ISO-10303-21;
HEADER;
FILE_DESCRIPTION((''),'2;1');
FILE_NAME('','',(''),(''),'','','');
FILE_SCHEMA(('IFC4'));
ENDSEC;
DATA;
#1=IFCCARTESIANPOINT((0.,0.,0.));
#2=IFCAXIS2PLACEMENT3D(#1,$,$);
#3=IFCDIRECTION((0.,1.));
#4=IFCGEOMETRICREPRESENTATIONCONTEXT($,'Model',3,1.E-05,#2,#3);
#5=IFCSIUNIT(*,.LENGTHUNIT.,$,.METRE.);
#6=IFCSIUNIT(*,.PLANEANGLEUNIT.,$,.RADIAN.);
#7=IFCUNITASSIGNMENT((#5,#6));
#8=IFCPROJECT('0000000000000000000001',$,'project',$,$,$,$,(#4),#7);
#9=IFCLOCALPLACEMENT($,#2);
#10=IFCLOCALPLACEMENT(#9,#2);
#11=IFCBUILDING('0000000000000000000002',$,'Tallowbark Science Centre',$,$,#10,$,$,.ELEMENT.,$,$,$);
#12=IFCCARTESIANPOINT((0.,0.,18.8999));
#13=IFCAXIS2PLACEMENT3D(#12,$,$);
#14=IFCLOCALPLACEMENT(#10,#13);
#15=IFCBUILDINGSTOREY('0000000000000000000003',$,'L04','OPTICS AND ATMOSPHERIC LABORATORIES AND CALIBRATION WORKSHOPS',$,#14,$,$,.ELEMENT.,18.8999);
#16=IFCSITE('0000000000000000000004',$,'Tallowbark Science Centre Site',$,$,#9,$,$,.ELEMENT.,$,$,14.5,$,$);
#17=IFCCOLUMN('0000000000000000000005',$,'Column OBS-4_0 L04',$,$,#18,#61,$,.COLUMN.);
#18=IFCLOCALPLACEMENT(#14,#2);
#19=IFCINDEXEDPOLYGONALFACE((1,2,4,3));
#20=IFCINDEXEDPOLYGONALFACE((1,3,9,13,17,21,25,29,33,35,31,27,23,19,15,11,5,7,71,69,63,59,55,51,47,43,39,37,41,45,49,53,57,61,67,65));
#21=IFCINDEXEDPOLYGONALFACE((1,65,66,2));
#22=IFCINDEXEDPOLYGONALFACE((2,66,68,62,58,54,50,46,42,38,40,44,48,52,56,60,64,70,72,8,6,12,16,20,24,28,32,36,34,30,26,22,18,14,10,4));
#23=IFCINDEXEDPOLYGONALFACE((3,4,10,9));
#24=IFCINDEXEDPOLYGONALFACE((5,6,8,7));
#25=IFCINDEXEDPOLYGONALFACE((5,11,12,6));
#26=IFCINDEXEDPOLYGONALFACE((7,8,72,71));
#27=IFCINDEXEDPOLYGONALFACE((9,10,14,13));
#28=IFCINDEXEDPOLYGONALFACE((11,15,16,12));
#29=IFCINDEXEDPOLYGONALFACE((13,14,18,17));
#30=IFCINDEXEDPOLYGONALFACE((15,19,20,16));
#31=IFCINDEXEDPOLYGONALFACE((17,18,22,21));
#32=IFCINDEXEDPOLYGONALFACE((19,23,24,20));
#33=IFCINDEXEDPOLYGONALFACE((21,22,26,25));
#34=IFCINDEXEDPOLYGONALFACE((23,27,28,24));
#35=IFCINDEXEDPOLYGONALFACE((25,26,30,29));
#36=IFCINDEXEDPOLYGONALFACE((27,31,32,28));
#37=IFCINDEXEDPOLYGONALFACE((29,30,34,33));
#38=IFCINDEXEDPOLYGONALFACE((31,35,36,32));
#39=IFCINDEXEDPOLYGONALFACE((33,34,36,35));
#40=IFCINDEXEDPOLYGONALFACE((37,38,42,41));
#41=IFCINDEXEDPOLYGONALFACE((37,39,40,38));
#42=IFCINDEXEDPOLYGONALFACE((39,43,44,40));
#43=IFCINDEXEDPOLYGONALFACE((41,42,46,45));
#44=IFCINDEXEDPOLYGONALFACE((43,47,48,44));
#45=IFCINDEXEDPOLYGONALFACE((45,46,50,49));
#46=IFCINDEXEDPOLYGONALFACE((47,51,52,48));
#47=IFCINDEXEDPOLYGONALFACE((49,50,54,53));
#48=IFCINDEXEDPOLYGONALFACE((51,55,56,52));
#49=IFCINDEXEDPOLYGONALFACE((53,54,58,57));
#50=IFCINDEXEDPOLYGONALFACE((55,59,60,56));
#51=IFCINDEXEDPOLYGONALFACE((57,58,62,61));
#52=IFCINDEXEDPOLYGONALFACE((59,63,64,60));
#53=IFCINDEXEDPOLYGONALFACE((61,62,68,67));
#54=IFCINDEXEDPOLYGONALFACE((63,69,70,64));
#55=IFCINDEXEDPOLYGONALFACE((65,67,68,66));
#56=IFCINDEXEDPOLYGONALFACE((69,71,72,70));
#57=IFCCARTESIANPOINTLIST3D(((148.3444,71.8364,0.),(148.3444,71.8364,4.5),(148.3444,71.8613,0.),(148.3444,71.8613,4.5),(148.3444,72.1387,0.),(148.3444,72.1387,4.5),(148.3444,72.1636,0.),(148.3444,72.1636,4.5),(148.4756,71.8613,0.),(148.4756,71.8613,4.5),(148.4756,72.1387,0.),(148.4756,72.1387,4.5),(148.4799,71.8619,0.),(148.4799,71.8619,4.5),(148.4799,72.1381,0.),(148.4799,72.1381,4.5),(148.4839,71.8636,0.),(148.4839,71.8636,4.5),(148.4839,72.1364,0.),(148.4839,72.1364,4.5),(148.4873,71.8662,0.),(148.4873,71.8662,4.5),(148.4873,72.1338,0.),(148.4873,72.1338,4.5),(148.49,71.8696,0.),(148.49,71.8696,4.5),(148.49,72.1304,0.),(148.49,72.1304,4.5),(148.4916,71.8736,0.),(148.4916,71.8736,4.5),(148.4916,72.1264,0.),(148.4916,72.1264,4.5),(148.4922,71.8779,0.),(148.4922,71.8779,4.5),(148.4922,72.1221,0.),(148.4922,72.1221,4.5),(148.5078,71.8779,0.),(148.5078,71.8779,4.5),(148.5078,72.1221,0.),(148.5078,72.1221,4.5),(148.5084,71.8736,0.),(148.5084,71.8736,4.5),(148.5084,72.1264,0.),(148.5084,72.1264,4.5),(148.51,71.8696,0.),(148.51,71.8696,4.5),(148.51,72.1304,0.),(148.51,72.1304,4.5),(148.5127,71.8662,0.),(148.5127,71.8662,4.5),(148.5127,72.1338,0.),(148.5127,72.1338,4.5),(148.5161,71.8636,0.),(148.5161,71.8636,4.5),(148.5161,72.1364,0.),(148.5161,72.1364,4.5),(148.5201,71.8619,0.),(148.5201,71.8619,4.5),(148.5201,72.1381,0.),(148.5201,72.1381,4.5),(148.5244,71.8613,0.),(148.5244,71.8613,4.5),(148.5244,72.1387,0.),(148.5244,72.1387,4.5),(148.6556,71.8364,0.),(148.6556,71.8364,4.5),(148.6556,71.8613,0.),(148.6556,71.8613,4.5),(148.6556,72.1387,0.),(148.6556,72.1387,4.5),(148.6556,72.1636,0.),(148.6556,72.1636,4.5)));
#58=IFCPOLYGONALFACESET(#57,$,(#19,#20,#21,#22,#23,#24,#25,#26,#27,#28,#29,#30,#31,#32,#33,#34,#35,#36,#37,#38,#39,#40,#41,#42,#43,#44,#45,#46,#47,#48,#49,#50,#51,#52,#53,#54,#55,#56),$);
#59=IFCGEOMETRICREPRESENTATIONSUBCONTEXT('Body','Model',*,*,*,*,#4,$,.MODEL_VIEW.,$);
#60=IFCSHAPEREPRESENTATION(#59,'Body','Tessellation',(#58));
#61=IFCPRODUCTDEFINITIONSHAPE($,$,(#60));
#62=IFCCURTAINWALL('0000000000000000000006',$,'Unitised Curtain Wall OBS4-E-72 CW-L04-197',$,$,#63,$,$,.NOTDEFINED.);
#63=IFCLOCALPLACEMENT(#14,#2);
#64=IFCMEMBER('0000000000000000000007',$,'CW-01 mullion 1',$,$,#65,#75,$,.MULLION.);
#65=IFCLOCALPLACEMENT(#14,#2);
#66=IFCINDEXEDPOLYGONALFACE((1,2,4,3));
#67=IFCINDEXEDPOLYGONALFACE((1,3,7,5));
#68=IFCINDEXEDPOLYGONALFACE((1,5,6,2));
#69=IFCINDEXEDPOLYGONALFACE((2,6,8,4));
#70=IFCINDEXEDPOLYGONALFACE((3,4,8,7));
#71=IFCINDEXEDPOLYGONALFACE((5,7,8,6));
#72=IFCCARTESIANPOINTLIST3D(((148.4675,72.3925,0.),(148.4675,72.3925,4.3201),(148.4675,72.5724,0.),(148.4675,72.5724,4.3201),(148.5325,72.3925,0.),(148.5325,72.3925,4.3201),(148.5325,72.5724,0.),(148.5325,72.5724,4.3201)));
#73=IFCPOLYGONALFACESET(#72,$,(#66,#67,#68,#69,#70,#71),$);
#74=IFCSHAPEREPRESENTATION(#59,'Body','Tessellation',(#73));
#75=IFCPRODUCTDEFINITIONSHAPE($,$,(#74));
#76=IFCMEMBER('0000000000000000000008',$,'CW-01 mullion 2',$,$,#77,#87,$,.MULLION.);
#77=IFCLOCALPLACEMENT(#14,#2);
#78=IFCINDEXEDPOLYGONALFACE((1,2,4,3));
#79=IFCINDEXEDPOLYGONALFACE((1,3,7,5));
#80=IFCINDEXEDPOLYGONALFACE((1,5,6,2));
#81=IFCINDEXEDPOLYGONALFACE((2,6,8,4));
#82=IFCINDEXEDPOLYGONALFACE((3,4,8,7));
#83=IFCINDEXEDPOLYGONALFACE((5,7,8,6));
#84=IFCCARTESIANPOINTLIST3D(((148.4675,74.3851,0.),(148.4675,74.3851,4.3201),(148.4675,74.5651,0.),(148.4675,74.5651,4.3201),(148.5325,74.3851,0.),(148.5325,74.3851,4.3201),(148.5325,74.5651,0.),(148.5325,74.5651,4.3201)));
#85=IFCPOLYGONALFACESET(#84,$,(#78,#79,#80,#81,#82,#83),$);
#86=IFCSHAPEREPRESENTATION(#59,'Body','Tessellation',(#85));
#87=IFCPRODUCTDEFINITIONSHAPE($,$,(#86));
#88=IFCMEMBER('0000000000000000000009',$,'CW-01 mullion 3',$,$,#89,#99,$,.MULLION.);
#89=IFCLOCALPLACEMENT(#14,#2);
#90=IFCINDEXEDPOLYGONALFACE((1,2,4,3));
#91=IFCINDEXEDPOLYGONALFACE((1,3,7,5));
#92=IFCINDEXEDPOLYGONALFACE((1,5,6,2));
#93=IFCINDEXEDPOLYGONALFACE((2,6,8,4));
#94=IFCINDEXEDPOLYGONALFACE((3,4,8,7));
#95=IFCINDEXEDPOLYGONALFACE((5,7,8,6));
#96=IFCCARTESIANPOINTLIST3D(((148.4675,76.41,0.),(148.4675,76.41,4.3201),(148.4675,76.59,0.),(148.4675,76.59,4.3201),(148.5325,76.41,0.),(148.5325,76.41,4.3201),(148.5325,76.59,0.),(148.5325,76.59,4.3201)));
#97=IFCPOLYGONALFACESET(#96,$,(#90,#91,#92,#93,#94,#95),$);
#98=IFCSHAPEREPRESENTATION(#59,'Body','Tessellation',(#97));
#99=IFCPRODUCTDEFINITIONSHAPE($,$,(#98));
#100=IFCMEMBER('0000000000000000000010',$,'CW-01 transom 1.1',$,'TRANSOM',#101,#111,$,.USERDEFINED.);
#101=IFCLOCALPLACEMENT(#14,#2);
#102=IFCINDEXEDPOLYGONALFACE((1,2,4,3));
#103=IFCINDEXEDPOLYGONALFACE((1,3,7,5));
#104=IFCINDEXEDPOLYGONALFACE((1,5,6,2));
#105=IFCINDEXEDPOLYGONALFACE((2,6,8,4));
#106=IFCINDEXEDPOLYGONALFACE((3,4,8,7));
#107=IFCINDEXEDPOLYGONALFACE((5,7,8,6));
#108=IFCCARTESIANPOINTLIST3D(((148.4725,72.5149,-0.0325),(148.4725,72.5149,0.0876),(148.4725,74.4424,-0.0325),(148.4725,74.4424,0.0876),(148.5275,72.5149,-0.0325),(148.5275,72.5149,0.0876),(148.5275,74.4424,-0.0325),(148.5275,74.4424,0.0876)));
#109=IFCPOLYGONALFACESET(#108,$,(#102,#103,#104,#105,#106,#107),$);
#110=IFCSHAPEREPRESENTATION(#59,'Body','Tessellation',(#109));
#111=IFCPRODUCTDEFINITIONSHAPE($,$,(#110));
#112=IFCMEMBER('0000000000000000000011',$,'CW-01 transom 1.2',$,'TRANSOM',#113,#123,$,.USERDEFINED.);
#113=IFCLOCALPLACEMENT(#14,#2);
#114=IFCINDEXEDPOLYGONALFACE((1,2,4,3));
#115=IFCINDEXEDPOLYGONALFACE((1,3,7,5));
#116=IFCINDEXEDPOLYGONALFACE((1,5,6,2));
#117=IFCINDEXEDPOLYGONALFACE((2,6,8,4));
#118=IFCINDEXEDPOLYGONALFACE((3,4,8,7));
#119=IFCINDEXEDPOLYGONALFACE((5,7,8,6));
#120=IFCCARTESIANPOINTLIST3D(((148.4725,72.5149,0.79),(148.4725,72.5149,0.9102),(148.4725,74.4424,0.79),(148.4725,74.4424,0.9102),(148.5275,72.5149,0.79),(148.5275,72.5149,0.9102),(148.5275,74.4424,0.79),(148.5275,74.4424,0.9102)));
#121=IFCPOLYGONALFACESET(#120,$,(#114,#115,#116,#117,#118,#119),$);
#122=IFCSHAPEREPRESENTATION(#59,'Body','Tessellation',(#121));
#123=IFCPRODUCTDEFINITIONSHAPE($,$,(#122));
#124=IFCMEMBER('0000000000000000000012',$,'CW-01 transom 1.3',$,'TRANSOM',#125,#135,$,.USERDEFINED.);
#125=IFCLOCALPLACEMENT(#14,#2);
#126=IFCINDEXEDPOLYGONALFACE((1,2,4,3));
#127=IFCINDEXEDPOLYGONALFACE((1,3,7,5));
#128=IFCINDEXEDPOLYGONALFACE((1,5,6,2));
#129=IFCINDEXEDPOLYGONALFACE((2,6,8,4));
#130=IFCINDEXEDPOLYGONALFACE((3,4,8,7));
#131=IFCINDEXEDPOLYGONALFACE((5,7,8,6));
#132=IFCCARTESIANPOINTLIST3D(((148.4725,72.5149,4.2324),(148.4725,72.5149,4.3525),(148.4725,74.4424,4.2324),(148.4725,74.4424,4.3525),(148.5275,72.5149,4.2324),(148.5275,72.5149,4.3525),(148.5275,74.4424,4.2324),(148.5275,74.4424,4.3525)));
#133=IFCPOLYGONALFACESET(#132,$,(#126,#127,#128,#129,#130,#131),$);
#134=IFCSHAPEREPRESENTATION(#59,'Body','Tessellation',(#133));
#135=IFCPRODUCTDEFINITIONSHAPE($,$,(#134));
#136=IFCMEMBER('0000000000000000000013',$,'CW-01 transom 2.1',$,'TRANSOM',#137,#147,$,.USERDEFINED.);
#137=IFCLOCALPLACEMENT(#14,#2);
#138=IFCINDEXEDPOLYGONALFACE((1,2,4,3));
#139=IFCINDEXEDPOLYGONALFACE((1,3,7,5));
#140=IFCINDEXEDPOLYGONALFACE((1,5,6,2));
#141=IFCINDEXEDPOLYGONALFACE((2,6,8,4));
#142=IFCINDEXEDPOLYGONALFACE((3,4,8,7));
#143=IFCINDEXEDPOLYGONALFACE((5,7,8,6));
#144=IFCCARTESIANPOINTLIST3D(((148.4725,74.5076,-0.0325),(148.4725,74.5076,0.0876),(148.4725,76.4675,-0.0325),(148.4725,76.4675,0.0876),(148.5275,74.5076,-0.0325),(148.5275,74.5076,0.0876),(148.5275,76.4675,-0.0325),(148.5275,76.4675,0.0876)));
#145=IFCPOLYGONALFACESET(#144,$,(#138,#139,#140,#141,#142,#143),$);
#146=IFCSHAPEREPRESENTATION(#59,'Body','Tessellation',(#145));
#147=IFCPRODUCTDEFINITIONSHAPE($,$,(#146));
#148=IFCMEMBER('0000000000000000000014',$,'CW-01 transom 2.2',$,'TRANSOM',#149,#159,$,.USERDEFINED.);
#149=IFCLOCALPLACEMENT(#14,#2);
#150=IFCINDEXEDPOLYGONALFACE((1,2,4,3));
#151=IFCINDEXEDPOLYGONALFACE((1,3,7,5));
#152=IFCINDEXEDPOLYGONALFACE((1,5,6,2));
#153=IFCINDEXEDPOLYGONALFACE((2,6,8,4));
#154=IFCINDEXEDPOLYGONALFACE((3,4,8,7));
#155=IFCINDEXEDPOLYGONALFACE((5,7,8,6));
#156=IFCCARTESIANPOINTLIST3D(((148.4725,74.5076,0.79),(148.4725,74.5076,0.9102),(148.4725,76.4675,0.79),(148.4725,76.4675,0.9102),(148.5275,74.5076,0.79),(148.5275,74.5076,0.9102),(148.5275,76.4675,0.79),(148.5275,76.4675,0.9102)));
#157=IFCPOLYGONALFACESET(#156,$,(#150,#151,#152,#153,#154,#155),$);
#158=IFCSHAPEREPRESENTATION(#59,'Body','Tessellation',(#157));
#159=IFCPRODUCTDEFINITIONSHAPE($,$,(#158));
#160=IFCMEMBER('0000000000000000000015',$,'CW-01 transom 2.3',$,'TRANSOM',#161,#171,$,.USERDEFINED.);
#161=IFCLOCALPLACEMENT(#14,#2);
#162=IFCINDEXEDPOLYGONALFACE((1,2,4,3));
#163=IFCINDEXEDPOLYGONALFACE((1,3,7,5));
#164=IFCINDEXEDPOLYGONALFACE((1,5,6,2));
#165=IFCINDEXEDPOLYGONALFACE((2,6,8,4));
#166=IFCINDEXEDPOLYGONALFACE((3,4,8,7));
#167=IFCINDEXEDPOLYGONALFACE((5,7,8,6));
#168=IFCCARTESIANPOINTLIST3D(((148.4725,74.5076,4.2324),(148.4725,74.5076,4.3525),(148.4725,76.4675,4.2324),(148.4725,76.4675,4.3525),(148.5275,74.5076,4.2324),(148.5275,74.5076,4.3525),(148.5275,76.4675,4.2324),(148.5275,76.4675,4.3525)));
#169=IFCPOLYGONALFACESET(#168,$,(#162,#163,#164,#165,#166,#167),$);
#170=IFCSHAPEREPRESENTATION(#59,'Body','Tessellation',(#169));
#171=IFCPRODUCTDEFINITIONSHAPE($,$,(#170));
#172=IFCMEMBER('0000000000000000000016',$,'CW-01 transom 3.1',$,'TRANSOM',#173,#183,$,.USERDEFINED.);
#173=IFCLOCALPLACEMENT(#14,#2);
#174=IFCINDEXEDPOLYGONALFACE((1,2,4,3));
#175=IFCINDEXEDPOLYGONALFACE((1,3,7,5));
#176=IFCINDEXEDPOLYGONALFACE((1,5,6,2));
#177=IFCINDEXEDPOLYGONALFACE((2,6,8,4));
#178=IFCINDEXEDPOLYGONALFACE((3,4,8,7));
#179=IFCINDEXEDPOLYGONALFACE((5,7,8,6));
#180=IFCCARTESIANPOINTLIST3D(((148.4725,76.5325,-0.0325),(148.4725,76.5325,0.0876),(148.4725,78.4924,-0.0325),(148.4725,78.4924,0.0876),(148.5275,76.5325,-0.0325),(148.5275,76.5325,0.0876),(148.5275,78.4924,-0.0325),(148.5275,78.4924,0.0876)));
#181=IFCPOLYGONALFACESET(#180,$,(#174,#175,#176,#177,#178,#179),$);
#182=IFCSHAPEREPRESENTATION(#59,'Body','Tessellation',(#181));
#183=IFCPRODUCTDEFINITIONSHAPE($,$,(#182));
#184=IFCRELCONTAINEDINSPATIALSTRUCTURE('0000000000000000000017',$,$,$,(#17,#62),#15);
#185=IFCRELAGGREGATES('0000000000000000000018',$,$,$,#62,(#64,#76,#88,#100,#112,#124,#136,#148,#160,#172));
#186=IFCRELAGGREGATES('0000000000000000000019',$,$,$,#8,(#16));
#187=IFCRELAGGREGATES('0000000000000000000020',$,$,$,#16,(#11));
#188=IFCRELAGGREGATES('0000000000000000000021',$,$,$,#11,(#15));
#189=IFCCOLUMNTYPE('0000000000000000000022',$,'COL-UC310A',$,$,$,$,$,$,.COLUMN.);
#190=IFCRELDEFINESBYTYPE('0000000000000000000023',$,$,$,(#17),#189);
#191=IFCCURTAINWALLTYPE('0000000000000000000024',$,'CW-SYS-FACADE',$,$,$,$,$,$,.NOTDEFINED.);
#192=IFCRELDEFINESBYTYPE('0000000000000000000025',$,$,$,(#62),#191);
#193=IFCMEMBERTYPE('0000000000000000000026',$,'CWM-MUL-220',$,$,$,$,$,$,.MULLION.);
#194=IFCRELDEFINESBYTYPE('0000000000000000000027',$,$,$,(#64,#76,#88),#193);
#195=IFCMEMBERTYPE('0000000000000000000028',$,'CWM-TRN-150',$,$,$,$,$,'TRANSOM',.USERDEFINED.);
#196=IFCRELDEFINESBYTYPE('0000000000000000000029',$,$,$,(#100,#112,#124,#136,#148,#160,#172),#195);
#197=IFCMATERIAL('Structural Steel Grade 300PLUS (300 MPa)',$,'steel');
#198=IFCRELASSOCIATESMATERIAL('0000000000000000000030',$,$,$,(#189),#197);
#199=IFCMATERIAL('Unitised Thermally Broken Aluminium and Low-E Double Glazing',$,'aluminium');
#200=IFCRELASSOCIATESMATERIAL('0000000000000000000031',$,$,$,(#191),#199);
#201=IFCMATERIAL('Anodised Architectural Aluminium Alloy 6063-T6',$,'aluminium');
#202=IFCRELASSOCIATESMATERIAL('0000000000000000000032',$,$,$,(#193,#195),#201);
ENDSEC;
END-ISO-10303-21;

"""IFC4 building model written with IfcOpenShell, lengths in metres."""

from ifc_helpers import new_model, si_unit, direction, frame, origin, origin_2d, place, context, subcontext, project, spatial, rectangle, i_section, extrude, material, material_profile, profile_set, type_object, element, aggregate, save


model = new_model("IFC4")

# Units and contexts
model_context = context("Model", 3, precision=1e-05, world=origin(), true_north=direction((0.0, 1.0)))
body_context = subcontext(model_context, "Body", "Model", "MODEL_VIEW")
ifc_project = project(units=[si_unit("LENGTHUNIT", "METRE"), si_unit("PLANEANGLEUNIT", "RADIAN")], contexts=[model_context])

# Site, building, storey
site_placement = place(None, origin())
site = spatial("IfcSite", under=ifc_project, at=site_placement, Name="Tallowbark Science Centre Site", CompositionType="ELEMENT", RefElevation=14.5)
building_placement = place(site_placement, origin())
building = spatial("IfcBuilding", under=site, at=building_placement, Name="Tallowbark Science Centre", CompositionType="ELEMENT")
storey_placement = place(building_placement, frame((0.0, 0.0, 18.8999)))
storey = spatial("IfcBuildingStorey", under=building, at=storey_placement, Name="L04", Description="OPTICS AND ATMOSPHERIC LABORATORIES AND CALIBRATION WORKSHOPS", CompositionType="ELEMENT", Elevation=18.8999)

# Column
ifc_material_1 = material(Name="Structural Steel Grade 300PLUS (300 MPa)", Category="steel")
ifc_material_profile_1 = material_profile(ifc_material_1, i_section(OverallWidth=0.3113, OverallDepth=0.3271, WebThickness=0.0156, FlangeThickness=0.0249, FilletRadius=0.0166, at=origin_2d()), Name="310UC158")
ifc_profile_set_1 = profile_set([ifc_material_profile_1], Name="Structural Steel Grade 300PLUS (300 MPa)")
column_type = type_object("IfcColumnType", Name="COL-UC310A", PredefinedType="COLUMN", material=ifc_profile_set_1)
column_placement = place(storey_placement, frame((148.5, 72.0, 0.0), z_axis=(0.0, 0.0, 1.0), x_axis=(1.0, 0.0, 0.0)))
element("IfcColumn", 1, at=column_placement, inside=storey, type_object=column_type, Name="Column OBS-4_0 L04", PredefinedType="COLUMN", context=body_context, shape_type="SweptSolid", body=[
    extrude(i_section(OverallWidth=0.3113, OverallDepth=0.3271, WebThickness=0.0156, FlangeThickness=0.0249, FilletRadius=0.0166, at=origin_2d()), origin(), (0.0, 0.0, 1.0), 4.5),
])

# Curtain wall, members
ifc_material_2 = material(Name="Unitised Thermally Broken Aluminium and Low-E Double Glazing", Category="aluminium")
curtain_wall_type = type_object("IfcCurtainWallType", Name="CW-SYS-FACADE", PredefinedType="NOTDEFINED", material=ifc_material_2)
curtain_wall_placement = place(storey_placement, origin())
curtain_wall = element("IfcCurtainWall", 2, at=curtain_wall_placement, inside=storey, type_object=curtain_wall_type, Name="Unitised Curtain Wall OBS4-E-72 CW-L04-197", PredefinedType="NOTDEFINED")
ifc_material_3 = material(Name="Anodised Architectural Aluminium Alloy 6063-T6", Category="aluminium")
ifc_material_profile_2 = material_profile(ifc_material_3, rectangle(XDim=0.0649, YDim=0.1799, at=origin_2d()), Name="ALU65x180")
ifc_profile_set_2 = profile_set([ifc_material_profile_2], Name="Anodised Architectural Aluminium Alloy 6063-T6")
member_type_1 = type_object("IfcMemberType", Name="CWM-MUL-220", PredefinedType="MULLION", material=ifc_profile_set_2)
member_1_placement = place(storey_placement, frame((148.5, 72.4824, 0.0), z_axis=(0.0, 0.0, 1.0), x_axis=(-1.0, 0.0, 0.0)))
member_1 = element("IfcMember", 3, at=member_1_placement, type_object=member_type_1, Name="CW-01 mullion 1", PredefinedType="MULLION", context=body_context, shape_type="SweptSolid", body=[
    extrude(rectangle(XDim=0.0649, YDim=0.1799, at=origin_2d()), origin(), (0.0, 0.0, 1.0), 4.3201),
])
member_2_placement = place(storey_placement, frame((148.5, 74.4751, 0.0), z_axis=(0.0, 0.0, 1.0), x_axis=(-1.0, 0.0, 0.0)))
member_2 = element("IfcMember", 4, at=member_2_placement, type_object=member_type_1, Name="CW-01 mullion 2", PredefinedType="MULLION", context=body_context, shape_type="SweptSolid", body=[
    extrude(rectangle(XDim=0.0649, YDim=0.1799, at=origin_2d()), origin(), (0.0, 0.0, 1.0), 4.3201),
])
member_3_placement = place(storey_placement, frame((148.5, 76.5, 0.0), z_axis=(0.0, 0.0, 1.0), x_axis=(-1.0, 0.0, 0.0)))
member_3 = element("IfcMember", 5, at=member_3_placement, type_object=member_type_1, Name="CW-01 mullion 3", PredefinedType="MULLION", context=body_context, shape_type="SweptSolid", body=[
    extrude(rectangle(XDim=0.0649, YDim=0.1799, at=origin_2d()), origin(), (0.0, 0.0, 1.0), 4.3201),
])
ifc_material_profile_3 = material_profile(ifc_material_3, rectangle(XDim=0.0549, YDim=0.1201, at=origin_2d()), Name="ALU55x120")
ifc_profile_set_3 = profile_set([ifc_material_profile_3], Name="Anodised Architectural Aluminium Alloy 6063-T6")
member_type_2 = type_object("IfcMemberType", Name="CWM-TRN-150", ElementType="TRANSOM", PredefinedType="USERDEFINED", material=ifc_profile_set_3)
member_4_placement = place(storey_placement, frame((148.5, 72.5149, 0.0276), z_axis=(0.0, 1.0, 0.0), x_axis=(-1.0, 0.0, 0.0)))
member_4 = element("IfcMember", 6, at=member_4_placement, type_object=member_type_2, Name="CW-01 transom 1.1", ObjectType="TRANSOM", PredefinedType="USERDEFINED", context=body_context, shape_type="SweptSolid", body=[
    extrude(rectangle(XDim=0.0549, YDim=0.1201, at=origin_2d()), origin(), (0.0, 0.0, 1.0), 1.9275),
])
member_5_placement = place(storey_placement, frame((148.5, 72.5149, 0.8501), z_axis=(0.0, 1.0, 0.0), x_axis=(-1.0, 0.0, 0.0)))
member_5 = element("IfcMember", 7, at=member_5_placement, type_object=member_type_2, Name="CW-01 transom 1.2", ObjectType="TRANSOM", PredefinedType="USERDEFINED", context=body_context, shape_type="SweptSolid", body=[
    extrude(rectangle(XDim=0.0549, YDim=0.1201, at=origin_2d()), origin(), (0.0, 0.0, 1.0), 1.9275),
])
member_6_placement = place(storey_placement, frame((148.5, 72.5149, 4.2925), z_axis=(0.0, 1.0, 0.0), x_axis=(-1.0, 0.0, 0.0)))
member_6 = element("IfcMember", 8, at=member_6_placement, type_object=member_type_2, Name="CW-01 transom 1.3", ObjectType="TRANSOM", PredefinedType="USERDEFINED", context=body_context, shape_type="SweptSolid", body=[
    extrude(rectangle(XDim=0.0549, YDim=0.1201, at=origin_2d()), origin(), (0.0, 0.0, 1.0), 1.9275),
])
member_7_placement = place(storey_placement, frame((148.5, 74.5076, 0.0276), z_axis=(0.0, 1.0, 0.0), x_axis=(-1.0, 0.0, 0.0)))
member_7 = element("IfcMember", 9, at=member_7_placement, type_object=member_type_2, Name="CW-01 transom 2.1", ObjectType="TRANSOM", PredefinedType="USERDEFINED", context=body_context, shape_type="SweptSolid", body=[
    extrude(rectangle(XDim=0.0549, YDim=0.1201, at=origin_2d()), origin(), (0.0, 0.0, 1.0), 1.96),
])
member_8_placement = place(storey_placement, frame((148.5, 74.5076, 0.8501), z_axis=(0.0, 1.0, 0.0), x_axis=(-1.0, 0.0, 0.0)))
member_8 = element("IfcMember", 10, at=member_8_placement, type_object=member_type_2, Name="CW-01 transom 2.2", ObjectType="TRANSOM", PredefinedType="USERDEFINED", context=body_context, shape_type="SweptSolid", body=[
    extrude(rectangle(XDim=0.0549, YDim=0.1201, at=origin_2d()), origin(), (0.0, 0.0, 1.0), 1.96),
])
member_9_placement = place(storey_placement, frame((148.5, 74.5076, 4.2925), z_axis=(0.0, 1.0, 0.0), x_axis=(-1.0, 0.0, 0.0)))
member_9 = element("IfcMember", 11, at=member_9_placement, type_object=member_type_2, Name="CW-01 transom 2.3", ObjectType="TRANSOM", PredefinedType="USERDEFINED", context=body_context, shape_type="SweptSolid", body=[
    extrude(rectangle(XDim=0.0549, YDim=0.1201, at=origin_2d()), origin(), (0.0, 0.0, 1.0), 1.96),
])
member_10_placement = place(storey_placement, frame((148.5, 76.5325, 0.0276), z_axis=(0.0, 1.0, 0.0), x_axis=(-1.0, 0.0, 0.0)))
member_10 = element("IfcMember", 12, at=member_10_placement, type_object=member_type_2, Name="CW-01 transom 3.1", ObjectType="TRANSOM", PredefinedType="USERDEFINED", context=body_context, shape_type="SweptSolid", body=[
    extrude(rectangle(XDim=0.0549, YDim=0.1201, at=origin_2d()), origin(), (0.0, 0.0, 1.0), 1.96),
])

aggregate(curtain_wall, [member_1, member_2, member_3, member_4, member_5, member_6, member_7, member_8, member_9, member_10])

save(model, "model.ifc")
